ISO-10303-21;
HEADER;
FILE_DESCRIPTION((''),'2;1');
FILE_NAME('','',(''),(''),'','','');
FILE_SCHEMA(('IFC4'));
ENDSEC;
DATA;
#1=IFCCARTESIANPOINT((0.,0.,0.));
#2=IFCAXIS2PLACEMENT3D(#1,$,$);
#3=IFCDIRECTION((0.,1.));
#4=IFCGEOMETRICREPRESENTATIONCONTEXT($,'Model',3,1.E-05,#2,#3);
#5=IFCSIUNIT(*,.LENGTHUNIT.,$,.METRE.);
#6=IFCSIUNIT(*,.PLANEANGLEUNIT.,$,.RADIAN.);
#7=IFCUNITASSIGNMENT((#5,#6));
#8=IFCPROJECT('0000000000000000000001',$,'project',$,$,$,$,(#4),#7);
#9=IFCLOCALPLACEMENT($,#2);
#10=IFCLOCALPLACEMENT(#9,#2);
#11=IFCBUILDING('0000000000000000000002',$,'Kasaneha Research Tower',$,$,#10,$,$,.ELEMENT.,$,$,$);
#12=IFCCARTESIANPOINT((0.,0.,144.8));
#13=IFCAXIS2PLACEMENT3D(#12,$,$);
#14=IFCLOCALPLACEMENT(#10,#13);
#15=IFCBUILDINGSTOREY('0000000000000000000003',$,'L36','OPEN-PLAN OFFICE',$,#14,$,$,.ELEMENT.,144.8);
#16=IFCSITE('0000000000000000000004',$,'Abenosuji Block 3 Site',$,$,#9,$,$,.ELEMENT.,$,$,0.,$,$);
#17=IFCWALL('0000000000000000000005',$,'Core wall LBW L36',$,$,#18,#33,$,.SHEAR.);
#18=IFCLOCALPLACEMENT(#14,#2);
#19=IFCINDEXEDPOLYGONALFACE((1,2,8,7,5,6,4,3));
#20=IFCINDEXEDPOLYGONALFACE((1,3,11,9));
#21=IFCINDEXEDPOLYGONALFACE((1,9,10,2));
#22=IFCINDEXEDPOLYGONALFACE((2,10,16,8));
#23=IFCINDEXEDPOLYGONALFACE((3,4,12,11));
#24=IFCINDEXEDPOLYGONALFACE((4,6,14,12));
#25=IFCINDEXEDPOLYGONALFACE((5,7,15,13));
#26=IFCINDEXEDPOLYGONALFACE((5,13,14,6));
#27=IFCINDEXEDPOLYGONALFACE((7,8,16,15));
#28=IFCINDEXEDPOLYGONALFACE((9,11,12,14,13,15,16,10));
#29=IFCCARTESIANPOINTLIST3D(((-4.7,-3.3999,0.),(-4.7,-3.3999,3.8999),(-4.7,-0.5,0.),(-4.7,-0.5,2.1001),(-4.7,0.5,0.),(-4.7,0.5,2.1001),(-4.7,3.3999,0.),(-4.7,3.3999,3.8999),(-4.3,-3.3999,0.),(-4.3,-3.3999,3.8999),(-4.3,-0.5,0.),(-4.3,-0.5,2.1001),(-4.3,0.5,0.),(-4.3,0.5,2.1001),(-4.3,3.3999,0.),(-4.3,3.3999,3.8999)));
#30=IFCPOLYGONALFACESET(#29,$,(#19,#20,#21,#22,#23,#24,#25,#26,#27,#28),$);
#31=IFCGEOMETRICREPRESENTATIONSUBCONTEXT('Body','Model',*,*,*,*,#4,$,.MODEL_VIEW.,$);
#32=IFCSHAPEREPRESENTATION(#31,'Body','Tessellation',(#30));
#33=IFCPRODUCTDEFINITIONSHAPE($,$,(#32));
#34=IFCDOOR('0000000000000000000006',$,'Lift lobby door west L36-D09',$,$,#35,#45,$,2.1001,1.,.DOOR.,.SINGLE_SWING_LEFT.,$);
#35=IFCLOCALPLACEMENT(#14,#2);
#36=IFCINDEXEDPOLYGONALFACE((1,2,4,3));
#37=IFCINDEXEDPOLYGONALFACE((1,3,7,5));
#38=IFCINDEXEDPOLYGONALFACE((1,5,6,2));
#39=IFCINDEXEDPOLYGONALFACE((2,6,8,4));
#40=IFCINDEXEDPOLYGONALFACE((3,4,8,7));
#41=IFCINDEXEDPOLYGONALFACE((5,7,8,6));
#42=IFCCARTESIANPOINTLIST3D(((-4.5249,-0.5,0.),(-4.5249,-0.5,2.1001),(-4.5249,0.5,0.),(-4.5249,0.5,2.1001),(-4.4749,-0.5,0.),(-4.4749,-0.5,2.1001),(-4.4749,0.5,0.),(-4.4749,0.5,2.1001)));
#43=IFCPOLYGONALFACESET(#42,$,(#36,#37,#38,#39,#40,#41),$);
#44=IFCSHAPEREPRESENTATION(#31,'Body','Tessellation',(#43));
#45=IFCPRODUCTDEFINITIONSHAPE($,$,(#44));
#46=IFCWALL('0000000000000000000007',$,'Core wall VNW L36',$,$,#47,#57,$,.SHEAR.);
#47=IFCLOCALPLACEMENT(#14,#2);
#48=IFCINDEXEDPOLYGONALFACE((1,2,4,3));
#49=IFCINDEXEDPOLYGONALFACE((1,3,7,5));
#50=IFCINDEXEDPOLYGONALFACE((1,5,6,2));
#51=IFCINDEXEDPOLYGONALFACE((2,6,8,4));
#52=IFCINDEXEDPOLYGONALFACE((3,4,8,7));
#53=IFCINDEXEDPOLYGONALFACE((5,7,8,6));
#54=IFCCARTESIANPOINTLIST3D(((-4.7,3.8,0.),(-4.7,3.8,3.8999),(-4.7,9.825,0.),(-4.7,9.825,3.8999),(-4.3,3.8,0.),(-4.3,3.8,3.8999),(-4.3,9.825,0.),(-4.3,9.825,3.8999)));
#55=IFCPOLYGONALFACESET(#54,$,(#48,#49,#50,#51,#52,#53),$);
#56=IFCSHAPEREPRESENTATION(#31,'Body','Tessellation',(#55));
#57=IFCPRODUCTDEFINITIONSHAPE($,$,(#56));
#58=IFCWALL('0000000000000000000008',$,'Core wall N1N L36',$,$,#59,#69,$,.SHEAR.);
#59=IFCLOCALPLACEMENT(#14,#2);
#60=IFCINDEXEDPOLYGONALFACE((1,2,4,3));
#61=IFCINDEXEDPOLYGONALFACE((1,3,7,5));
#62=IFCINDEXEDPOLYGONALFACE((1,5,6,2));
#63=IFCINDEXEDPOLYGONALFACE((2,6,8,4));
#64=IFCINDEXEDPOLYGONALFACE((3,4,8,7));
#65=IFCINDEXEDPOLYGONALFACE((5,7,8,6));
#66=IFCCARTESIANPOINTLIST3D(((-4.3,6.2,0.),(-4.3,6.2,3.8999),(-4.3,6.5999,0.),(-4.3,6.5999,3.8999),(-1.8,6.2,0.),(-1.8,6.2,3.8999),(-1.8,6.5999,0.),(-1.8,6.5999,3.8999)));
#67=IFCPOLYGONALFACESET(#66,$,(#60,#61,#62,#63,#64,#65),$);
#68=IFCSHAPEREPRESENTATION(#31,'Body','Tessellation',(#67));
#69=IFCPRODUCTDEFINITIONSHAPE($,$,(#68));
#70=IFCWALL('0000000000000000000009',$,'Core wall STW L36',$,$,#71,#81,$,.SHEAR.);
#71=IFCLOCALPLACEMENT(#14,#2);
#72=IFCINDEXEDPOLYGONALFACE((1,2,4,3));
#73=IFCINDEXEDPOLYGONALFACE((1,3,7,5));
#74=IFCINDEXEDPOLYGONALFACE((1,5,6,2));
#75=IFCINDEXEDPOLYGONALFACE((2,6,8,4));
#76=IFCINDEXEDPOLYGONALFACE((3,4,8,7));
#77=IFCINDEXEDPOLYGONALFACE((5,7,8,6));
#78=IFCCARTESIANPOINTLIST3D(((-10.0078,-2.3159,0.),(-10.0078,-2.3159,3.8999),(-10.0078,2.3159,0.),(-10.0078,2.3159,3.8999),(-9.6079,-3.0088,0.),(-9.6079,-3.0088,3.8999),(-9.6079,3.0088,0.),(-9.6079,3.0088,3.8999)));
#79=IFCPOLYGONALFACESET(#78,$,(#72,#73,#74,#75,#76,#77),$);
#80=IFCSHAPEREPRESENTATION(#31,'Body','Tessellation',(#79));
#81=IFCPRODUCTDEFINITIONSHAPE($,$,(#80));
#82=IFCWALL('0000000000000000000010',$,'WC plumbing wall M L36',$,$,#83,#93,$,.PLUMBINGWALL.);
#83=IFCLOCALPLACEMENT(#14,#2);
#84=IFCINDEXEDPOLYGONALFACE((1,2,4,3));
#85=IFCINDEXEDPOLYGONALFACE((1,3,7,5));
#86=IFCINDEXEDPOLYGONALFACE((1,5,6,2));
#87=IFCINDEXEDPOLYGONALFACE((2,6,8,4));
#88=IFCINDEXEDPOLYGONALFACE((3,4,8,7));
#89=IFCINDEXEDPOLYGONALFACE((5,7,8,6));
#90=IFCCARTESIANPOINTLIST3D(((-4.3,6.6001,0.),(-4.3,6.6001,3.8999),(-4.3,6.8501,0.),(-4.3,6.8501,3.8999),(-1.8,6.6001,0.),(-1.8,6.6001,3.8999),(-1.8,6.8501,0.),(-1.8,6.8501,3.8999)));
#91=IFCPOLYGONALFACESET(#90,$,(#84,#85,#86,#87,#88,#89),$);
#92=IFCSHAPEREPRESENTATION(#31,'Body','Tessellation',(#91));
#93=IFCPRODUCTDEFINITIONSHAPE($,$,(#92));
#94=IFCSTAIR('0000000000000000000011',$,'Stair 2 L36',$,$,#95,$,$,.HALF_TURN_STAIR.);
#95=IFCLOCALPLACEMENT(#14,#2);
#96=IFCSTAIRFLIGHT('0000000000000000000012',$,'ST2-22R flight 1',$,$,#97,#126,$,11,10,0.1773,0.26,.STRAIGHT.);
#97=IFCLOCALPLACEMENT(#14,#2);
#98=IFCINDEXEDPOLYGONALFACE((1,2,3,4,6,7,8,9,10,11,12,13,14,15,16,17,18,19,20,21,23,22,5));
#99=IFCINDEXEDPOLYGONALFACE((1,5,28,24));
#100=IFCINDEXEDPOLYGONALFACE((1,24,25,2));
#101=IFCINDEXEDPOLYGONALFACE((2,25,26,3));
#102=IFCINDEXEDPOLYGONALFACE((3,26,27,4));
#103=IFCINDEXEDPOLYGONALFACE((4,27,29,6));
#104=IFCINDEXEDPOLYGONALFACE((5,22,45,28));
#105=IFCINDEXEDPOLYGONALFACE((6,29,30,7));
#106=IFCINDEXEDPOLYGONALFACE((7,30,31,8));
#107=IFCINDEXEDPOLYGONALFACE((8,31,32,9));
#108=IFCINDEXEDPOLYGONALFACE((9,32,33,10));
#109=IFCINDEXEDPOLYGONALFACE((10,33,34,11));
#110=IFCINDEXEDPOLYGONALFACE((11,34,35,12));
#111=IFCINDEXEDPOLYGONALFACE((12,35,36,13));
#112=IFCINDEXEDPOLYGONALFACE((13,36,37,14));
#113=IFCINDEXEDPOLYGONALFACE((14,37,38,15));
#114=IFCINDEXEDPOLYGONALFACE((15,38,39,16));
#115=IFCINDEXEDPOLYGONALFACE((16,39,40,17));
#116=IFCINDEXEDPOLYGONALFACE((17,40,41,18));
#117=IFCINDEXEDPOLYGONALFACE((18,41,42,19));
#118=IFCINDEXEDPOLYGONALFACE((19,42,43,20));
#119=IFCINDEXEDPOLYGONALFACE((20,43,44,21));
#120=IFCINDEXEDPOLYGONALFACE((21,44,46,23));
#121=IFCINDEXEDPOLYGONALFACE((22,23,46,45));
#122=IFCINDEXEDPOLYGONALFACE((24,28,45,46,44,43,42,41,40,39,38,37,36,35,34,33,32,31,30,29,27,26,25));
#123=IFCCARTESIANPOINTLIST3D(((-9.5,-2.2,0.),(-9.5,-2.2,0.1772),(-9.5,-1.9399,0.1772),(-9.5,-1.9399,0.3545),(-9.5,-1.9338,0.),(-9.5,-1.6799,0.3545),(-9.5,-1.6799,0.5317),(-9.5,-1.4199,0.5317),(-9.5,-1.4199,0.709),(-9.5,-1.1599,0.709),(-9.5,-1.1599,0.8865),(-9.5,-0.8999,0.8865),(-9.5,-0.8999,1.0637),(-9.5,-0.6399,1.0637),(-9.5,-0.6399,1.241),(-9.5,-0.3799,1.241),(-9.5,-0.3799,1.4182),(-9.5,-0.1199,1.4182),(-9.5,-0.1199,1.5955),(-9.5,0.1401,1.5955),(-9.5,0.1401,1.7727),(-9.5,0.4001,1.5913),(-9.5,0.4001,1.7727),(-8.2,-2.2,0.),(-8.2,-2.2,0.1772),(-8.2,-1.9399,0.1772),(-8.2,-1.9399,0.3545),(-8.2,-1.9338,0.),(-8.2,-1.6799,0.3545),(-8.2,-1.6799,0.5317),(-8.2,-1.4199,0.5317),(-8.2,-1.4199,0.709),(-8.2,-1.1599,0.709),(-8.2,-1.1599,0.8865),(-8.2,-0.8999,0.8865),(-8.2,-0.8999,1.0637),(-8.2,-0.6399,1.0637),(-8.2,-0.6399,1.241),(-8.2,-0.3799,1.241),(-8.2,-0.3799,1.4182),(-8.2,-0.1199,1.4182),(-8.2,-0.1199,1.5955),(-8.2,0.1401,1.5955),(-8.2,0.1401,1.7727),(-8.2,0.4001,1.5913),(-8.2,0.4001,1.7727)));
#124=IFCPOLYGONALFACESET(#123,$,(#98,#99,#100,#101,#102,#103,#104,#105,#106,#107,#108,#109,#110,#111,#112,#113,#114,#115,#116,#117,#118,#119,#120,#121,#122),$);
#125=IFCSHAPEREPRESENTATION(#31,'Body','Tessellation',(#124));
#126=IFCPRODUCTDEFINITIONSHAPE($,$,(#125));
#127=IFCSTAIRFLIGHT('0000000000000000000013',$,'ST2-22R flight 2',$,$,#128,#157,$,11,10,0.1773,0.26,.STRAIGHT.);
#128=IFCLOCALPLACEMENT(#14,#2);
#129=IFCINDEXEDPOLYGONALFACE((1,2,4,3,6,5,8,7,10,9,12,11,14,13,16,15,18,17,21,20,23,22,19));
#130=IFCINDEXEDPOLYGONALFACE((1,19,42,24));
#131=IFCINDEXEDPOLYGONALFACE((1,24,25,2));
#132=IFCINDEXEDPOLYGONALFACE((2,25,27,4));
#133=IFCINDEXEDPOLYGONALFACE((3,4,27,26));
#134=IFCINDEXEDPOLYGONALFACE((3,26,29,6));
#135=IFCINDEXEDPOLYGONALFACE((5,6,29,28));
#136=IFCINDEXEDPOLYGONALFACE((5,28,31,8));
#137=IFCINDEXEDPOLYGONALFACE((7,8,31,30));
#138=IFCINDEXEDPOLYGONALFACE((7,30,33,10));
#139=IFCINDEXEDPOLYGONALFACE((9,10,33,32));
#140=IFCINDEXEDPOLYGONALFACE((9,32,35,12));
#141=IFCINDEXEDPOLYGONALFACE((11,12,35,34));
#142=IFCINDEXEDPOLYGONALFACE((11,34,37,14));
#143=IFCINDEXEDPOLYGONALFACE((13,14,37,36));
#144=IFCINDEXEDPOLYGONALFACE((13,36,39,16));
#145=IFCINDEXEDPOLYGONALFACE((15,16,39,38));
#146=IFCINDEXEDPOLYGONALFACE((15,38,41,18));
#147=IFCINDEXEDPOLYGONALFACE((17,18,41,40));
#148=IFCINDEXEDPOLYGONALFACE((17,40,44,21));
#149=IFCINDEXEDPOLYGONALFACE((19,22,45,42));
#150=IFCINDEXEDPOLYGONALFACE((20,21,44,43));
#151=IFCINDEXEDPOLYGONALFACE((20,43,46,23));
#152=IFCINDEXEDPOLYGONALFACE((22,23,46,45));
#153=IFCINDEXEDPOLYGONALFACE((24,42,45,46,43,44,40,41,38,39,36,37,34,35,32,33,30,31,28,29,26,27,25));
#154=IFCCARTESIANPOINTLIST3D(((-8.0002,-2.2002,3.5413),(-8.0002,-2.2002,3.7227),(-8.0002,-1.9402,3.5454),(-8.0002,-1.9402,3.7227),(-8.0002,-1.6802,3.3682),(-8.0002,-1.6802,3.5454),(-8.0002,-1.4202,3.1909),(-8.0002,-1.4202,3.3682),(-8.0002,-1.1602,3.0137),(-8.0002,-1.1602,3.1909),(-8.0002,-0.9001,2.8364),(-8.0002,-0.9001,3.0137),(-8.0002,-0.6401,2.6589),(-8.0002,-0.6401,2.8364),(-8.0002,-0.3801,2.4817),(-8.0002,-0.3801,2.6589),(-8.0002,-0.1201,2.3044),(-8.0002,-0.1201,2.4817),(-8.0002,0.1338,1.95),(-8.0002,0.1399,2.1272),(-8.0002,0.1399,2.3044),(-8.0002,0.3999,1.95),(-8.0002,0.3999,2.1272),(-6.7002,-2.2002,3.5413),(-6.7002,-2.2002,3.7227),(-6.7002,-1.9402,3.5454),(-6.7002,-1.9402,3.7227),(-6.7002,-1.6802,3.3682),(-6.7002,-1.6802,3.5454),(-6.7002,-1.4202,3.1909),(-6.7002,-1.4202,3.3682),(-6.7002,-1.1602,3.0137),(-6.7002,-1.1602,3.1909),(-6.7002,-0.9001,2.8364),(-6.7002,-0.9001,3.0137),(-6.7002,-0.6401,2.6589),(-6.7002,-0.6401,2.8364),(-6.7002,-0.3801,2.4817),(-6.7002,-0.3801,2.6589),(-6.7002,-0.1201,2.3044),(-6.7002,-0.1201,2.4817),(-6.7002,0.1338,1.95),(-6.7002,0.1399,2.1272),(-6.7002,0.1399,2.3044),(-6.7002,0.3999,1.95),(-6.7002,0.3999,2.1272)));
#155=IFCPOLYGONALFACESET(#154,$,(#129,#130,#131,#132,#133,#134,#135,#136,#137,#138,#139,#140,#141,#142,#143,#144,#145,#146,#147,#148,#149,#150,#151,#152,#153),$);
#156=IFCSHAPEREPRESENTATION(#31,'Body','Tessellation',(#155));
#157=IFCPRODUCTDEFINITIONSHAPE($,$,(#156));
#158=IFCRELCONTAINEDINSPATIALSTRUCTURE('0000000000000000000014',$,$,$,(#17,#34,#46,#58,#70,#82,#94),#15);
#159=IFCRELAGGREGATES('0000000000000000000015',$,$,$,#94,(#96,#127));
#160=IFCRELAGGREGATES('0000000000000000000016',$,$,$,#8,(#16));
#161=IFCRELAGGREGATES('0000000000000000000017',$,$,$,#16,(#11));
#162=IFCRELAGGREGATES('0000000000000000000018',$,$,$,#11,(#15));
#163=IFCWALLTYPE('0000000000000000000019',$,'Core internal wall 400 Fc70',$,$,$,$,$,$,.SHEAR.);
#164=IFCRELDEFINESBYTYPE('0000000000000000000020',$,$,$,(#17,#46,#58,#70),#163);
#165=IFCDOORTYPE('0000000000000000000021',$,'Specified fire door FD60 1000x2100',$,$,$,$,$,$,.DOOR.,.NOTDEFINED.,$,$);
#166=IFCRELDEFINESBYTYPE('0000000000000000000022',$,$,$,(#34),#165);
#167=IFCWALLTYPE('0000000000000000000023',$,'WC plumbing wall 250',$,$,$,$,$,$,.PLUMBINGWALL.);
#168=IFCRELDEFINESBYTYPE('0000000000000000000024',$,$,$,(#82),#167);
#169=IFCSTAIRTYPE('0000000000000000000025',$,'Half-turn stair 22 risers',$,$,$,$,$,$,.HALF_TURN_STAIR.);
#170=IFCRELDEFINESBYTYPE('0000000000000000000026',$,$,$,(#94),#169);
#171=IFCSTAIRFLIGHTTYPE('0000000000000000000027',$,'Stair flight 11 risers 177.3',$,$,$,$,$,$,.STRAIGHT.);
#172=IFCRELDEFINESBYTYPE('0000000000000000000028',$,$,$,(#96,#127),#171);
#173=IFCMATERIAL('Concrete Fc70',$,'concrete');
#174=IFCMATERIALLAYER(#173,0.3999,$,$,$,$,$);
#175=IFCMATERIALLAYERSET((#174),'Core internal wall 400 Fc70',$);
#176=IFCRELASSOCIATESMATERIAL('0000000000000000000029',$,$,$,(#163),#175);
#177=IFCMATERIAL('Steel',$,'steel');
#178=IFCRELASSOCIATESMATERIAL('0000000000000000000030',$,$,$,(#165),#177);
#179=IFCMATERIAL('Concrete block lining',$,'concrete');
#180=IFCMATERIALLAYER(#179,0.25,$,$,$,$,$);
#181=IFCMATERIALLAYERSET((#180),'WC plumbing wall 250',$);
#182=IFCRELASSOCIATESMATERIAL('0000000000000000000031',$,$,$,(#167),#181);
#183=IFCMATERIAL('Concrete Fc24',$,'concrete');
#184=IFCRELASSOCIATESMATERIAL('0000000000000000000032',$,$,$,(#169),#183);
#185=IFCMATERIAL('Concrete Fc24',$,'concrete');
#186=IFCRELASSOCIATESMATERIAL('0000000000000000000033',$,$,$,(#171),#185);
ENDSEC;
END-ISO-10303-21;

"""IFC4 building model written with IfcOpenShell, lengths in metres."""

from ifc_helpers import new_model, si_unit, direction, frame, frame_2d, origin, place, context, subcontext, project, spatial, polyline, rectangle, outline, extrude, material, layer, layer_set, type_object, element, fill, aggregate, save


model = new_model("IFC4")

# Units and contexts
model_context = context("Model", 3, precision=1e-05, world=origin(), true_north=direction((0.0, 1.0)))
body_context = subcontext(model_context, "Body", "Model", "MODEL_VIEW")
ifc_project = project(units=[si_unit("LENGTHUNIT", "METRE"), si_unit("PLANEANGLEUNIT", "RADIAN")], contexts=[model_context])

# Site, building, storey
site_placement = place(None, origin())
site = spatial("IfcSite", under=ifc_project, at=site_placement, Name="Abenosuji Block 3 Site", CompositionType="ELEMENT", RefElevation=0.0)
building_placement = place(site_placement, origin())
building = spatial("IfcBuilding", under=site, at=building_placement, Name="Kasaneha Research Tower", CompositionType="ELEMENT")
storey_placement = place(building_placement, frame((0.0, 0.0, 144.8)))
storey = spatial("IfcBuildingStorey", under=building, at=storey_placement, Name="L36", Description="OPEN-PLAN OFFICE", CompositionType="ELEMENT", Elevation=144.8)

# Shared definitions
ifc_material_1 = material(Name="Concrete Fc70", Category="concrete")
ifc_layer_1 = layer(ifc_material_1, 0.3999)
ifc_layer_set_1 = layer_set([ifc_layer_1], Name="Core internal wall 400 Fc70")
wall_type_1 = type_object("IfcWallType", Name="Core internal wall 400 Fc70", PredefinedType="SHEAR", material=ifc_layer_set_1)
ifc_material_2 = material(Name="Steel", Category="steel")
door_type_1 = type_object("IfcDoorType", Name="Specified fire door FD60 1000x2100", OperationType="NOTDEFINED", PredefinedType="DOOR", material=ifc_material_2)

# Wall, opening, door
wall_1_placement = place(storey_placement, frame((-4.5, -3.3999, 0.0), z_axis=(0.0, 0.0, 1.0), x_axis=(0.0, 1.0, 0.0)))
wall_1 = element("IfcWall", 1, at=wall_1_placement, inside=storey, type_object=wall_type_1, Name="Core wall LBW L36", PredefinedType="SHEAR", context=body_context, shape_type="SweptSolid", body=[
    extrude(rectangle(XDim=6.7998, YDim=0.3999, at=frame_2d((3.3999, 0.0))), origin(), (0.0, 0.0, 1.0), 3.8999),
])
opening_1_placement = place(wall_1_placement, frame((2.8999, 0.0, 0.0)))
opening_1 = element("IfcOpeningElement", 2, at=opening_1_placement, cuts=wall_1, PredefinedType="OPENING", context=body_context, shape_type="SweptSolid", body=[
    extrude(rectangle(XDim=1.0, YDim=2.1001, at=frame_2d((0.5, 1.05))), frame((0.0, 0.21, 0.0), z_axis=(0.0, -1.0, 0.0), x_axis=(1.0, 0.0, 0.0)), (0.0, 0.0, 1.0), 0.4199),
])
door_1_placement = place(opening_1_placement, origin())
door_1 = element("IfcDoor", 3, at=door_1_placement, inside=storey, type_object=door_type_1, Name="Lift lobby door west L36-D09", OperationType="SINGLE_SWING_LEFT", OverallHeight=2.1001, OverallWidth=1.0, PredefinedType="DOOR", context=body_context, shape_type="SweptSolid", body=[
    extrude(rectangle(XDim=1.0, YDim=2.1001, at=frame_2d((0.5, 1.05))), frame((0.0, 0.0249, 0.0), z_axis=(0.0, -1.0, 0.0), x_axis=(1.0, 0.0, 0.0)), (0.0, 0.0, 1.0), 0.05),
])
fill(opening_1, door_1)

# Walls
wall_2_placement = place(storey_placement, frame((-4.5, 3.8, 0.0), z_axis=(0.0, 0.0, 1.0), x_axis=(0.0, 1.0, 0.0)))
element("IfcWall", 4, at=wall_2_placement, inside=storey, type_object=wall_type_1, Name="Core wall VNW L36", PredefinedType="SHEAR", context=body_context, shape_type="SweptSolid", body=[
    extrude(rectangle(XDim=6.0249, YDim=0.3999, at=frame_2d((3.0125, 0.0))), origin(), (0.0, 0.0, 1.0), 3.8999),
])
wall_3_placement = place(storey_placement, frame((-4.3, 6.3999, 0.0), z_axis=(0.0, 0.0, 1.0), x_axis=(1.0, 0.0, 0.0)))
element("IfcWall", 5, at=wall_3_placement, inside=storey, type_object=wall_type_1, Name="Core wall N1N L36", PredefinedType="SHEAR", context=body_context, shape_type="SweptSolid", body=[
    extrude(rectangle(XDim=2.5, YDim=0.3999, at=frame_2d((1.25, 0.0))), origin(), (0.0, 0.0, 1.0), 3.8999),
])
wall_4_placement = place(storey_placement, frame((-9.8079, -2.6624, 0.0), z_axis=(0.0, 0.0, 1.0), x_axis=(0.0, 1.0, 0.0)))
element("IfcWall", 6, at=wall_4_placement, inside=storey, type_object=wall_type_1, Name="Core wall STW L36", PredefinedType="SHEAR", context=body_context, shape_type="SweptSolid", body=[
    extrude(outline(polyline([(-0.3464, -0.2), (5.6711, -0.2), (4.9783, 0.2), (0.3464, 0.2), (-0.3464, -0.2)])), origin(), (0.0, 0.0, 1.0), 3.8999),
])
ifc_material_3 = material(Name="Concrete block lining", Category="concrete")
ifc_layer_2 = layer(ifc_material_3, 0.25)
ifc_layer_set_2 = layer_set([ifc_layer_2], Name="WC plumbing wall 250")
wall_type_2 = type_object("IfcWallType", Name="WC plumbing wall 250", PredefinedType="PLUMBINGWALL", material=ifc_layer_set_2)
wall_5_placement = place(storey_placement, frame((-4.3, 6.7251, 0.0), z_axis=(0.0, 0.0, 1.0), x_axis=(1.0, 0.0, 0.0)))
element("IfcWall", 7, at=wall_5_placement, inside=storey, type_object=wall_type_2, Name="WC plumbing wall M L36", PredefinedType="PLUMBINGWALL", context=body_context, shape_type="SweptSolid", body=[
    extrude(rectangle(XDim=2.5, YDim=0.25, at=frame_2d((1.25, 0.0))), origin(), (0.0, 0.0, 1.0), 3.8999),
])

# Stair, stair flights
ifc_material_4 = material(Name="Concrete Fc24", Category="concrete")
stair_type = type_object("IfcStairType", Name="Half-turn stair 22 risers", PredefinedType="HALF_TURN_STAIR", material=ifc_material_4)
stair_placement = place(storey_placement, origin())
stair = element("IfcStair", 8, at=stair_placement, inside=storey, type_object=stair_type, Name="Stair 2 L36", PredefinedType="HALF_TURN_STAIR")
ifc_material_5 = material(Name="Concrete Fc24", Category="concrete")
stair_flight_type = type_object("IfcStairFlightType", Name="Stair flight 11 risers 177.3", PredefinedType="STRAIGHT", material=ifc_material_5)
stair_flight_1_placement = place(storey_placement, frame((-8.8501, -2.2, 0.0), z_axis=(0.0, 0.0, 1.0), x_axis=(0.0, 1.0, 0.0)))
stair_flight_1 = element("IfcStairFlight", 9, at=stair_flight_1_placement, type_object=stair_flight_type, Name="ST2-22R flight 1", NumberOfRisers=11, NumberOfTreads=10, PredefinedType="STRAIGHT", RiserHeight=0.1773, TreadLength=0.26, context=body_context, shape_type="SweptSolid", body=[
    extrude(outline(polyline([(0.0, 0.0), (0.0, 0.1772), (0.26, 0.1772), (0.26, 0.3545), (0.52, 0.3545), (0.52, 0.5317), (0.78, 0.5317), (0.78, 0.709), (1.04, 0.709), (1.04, 0.8865), (1.3, 0.8865), (1.3, 1.0637), (1.5601, 1.0637), (1.5601, 1.241), (1.8201, 1.241), (1.8201, 1.4182), (2.0801, 1.4182), (2.0801, 1.5955), (2.3401, 1.5955), (2.3401, 1.7727), (2.6001, 1.7727), (2.6001, 1.95), (2.6001, 1.5913), (0.2661, 0.0), (0.0, 0.0)])), frame((0.0, 0.6499, 0.0), z_axis=(0.0, -1.0, 0.0), x_axis=(1.0, 0.0, 0.0)), (0.0, 0.0, 1.0), 1.3),
])
stair_flight_2_placement = place(storey_placement, frame((-7.3501, 0.3999, 1.95), z_axis=(0.0, 0.0, 1.0), x_axis=(0.0, -1.0, 0.0)))
stair_flight_2 = element("IfcStairFlight", 10, at=stair_flight_2_placement, type_object=stair_flight_type, Name="ST2-22R flight 2", NumberOfRisers=11, NumberOfTreads=10, PredefinedType="STRAIGHT", RiserHeight=0.1773, TreadLength=0.26, context=body_context, shape_type="SweptSolid", body=[
    extrude(outline(polyline([(0.0, 0.0), (0.0, 0.1772), (0.26, 0.1772), (0.26, 0.3545), (0.52, 0.3545), (0.52, 0.5317), (0.78, 0.5317), (0.78, 0.709), (1.04, 0.709), (1.04, 0.8865), (1.3, 0.8865), (1.3, 1.0637), (1.5601, 1.0637), (1.5601, 1.241), (1.8201, 1.241), (1.8201, 1.4182), (2.0801, 1.4182), (2.0801, 1.5955), (2.3401, 1.5955), (2.3401, 1.7727), (2.6001, 1.7727), (2.6001, 1.95), (2.6001, 1.5913), (0.2661, 0.0), (0.0, 0.0)])), frame((0.0, 0.6499, 0.0), z_axis=(0.0, -1.0, 0.0), x_axis=(1.0, 0.0, 0.0)), (0.0, 0.0, 1.0), 1.3),
])
aggregate(stair, [stair_flight_1, stair_flight_2])

save(model, "model.ifc")
